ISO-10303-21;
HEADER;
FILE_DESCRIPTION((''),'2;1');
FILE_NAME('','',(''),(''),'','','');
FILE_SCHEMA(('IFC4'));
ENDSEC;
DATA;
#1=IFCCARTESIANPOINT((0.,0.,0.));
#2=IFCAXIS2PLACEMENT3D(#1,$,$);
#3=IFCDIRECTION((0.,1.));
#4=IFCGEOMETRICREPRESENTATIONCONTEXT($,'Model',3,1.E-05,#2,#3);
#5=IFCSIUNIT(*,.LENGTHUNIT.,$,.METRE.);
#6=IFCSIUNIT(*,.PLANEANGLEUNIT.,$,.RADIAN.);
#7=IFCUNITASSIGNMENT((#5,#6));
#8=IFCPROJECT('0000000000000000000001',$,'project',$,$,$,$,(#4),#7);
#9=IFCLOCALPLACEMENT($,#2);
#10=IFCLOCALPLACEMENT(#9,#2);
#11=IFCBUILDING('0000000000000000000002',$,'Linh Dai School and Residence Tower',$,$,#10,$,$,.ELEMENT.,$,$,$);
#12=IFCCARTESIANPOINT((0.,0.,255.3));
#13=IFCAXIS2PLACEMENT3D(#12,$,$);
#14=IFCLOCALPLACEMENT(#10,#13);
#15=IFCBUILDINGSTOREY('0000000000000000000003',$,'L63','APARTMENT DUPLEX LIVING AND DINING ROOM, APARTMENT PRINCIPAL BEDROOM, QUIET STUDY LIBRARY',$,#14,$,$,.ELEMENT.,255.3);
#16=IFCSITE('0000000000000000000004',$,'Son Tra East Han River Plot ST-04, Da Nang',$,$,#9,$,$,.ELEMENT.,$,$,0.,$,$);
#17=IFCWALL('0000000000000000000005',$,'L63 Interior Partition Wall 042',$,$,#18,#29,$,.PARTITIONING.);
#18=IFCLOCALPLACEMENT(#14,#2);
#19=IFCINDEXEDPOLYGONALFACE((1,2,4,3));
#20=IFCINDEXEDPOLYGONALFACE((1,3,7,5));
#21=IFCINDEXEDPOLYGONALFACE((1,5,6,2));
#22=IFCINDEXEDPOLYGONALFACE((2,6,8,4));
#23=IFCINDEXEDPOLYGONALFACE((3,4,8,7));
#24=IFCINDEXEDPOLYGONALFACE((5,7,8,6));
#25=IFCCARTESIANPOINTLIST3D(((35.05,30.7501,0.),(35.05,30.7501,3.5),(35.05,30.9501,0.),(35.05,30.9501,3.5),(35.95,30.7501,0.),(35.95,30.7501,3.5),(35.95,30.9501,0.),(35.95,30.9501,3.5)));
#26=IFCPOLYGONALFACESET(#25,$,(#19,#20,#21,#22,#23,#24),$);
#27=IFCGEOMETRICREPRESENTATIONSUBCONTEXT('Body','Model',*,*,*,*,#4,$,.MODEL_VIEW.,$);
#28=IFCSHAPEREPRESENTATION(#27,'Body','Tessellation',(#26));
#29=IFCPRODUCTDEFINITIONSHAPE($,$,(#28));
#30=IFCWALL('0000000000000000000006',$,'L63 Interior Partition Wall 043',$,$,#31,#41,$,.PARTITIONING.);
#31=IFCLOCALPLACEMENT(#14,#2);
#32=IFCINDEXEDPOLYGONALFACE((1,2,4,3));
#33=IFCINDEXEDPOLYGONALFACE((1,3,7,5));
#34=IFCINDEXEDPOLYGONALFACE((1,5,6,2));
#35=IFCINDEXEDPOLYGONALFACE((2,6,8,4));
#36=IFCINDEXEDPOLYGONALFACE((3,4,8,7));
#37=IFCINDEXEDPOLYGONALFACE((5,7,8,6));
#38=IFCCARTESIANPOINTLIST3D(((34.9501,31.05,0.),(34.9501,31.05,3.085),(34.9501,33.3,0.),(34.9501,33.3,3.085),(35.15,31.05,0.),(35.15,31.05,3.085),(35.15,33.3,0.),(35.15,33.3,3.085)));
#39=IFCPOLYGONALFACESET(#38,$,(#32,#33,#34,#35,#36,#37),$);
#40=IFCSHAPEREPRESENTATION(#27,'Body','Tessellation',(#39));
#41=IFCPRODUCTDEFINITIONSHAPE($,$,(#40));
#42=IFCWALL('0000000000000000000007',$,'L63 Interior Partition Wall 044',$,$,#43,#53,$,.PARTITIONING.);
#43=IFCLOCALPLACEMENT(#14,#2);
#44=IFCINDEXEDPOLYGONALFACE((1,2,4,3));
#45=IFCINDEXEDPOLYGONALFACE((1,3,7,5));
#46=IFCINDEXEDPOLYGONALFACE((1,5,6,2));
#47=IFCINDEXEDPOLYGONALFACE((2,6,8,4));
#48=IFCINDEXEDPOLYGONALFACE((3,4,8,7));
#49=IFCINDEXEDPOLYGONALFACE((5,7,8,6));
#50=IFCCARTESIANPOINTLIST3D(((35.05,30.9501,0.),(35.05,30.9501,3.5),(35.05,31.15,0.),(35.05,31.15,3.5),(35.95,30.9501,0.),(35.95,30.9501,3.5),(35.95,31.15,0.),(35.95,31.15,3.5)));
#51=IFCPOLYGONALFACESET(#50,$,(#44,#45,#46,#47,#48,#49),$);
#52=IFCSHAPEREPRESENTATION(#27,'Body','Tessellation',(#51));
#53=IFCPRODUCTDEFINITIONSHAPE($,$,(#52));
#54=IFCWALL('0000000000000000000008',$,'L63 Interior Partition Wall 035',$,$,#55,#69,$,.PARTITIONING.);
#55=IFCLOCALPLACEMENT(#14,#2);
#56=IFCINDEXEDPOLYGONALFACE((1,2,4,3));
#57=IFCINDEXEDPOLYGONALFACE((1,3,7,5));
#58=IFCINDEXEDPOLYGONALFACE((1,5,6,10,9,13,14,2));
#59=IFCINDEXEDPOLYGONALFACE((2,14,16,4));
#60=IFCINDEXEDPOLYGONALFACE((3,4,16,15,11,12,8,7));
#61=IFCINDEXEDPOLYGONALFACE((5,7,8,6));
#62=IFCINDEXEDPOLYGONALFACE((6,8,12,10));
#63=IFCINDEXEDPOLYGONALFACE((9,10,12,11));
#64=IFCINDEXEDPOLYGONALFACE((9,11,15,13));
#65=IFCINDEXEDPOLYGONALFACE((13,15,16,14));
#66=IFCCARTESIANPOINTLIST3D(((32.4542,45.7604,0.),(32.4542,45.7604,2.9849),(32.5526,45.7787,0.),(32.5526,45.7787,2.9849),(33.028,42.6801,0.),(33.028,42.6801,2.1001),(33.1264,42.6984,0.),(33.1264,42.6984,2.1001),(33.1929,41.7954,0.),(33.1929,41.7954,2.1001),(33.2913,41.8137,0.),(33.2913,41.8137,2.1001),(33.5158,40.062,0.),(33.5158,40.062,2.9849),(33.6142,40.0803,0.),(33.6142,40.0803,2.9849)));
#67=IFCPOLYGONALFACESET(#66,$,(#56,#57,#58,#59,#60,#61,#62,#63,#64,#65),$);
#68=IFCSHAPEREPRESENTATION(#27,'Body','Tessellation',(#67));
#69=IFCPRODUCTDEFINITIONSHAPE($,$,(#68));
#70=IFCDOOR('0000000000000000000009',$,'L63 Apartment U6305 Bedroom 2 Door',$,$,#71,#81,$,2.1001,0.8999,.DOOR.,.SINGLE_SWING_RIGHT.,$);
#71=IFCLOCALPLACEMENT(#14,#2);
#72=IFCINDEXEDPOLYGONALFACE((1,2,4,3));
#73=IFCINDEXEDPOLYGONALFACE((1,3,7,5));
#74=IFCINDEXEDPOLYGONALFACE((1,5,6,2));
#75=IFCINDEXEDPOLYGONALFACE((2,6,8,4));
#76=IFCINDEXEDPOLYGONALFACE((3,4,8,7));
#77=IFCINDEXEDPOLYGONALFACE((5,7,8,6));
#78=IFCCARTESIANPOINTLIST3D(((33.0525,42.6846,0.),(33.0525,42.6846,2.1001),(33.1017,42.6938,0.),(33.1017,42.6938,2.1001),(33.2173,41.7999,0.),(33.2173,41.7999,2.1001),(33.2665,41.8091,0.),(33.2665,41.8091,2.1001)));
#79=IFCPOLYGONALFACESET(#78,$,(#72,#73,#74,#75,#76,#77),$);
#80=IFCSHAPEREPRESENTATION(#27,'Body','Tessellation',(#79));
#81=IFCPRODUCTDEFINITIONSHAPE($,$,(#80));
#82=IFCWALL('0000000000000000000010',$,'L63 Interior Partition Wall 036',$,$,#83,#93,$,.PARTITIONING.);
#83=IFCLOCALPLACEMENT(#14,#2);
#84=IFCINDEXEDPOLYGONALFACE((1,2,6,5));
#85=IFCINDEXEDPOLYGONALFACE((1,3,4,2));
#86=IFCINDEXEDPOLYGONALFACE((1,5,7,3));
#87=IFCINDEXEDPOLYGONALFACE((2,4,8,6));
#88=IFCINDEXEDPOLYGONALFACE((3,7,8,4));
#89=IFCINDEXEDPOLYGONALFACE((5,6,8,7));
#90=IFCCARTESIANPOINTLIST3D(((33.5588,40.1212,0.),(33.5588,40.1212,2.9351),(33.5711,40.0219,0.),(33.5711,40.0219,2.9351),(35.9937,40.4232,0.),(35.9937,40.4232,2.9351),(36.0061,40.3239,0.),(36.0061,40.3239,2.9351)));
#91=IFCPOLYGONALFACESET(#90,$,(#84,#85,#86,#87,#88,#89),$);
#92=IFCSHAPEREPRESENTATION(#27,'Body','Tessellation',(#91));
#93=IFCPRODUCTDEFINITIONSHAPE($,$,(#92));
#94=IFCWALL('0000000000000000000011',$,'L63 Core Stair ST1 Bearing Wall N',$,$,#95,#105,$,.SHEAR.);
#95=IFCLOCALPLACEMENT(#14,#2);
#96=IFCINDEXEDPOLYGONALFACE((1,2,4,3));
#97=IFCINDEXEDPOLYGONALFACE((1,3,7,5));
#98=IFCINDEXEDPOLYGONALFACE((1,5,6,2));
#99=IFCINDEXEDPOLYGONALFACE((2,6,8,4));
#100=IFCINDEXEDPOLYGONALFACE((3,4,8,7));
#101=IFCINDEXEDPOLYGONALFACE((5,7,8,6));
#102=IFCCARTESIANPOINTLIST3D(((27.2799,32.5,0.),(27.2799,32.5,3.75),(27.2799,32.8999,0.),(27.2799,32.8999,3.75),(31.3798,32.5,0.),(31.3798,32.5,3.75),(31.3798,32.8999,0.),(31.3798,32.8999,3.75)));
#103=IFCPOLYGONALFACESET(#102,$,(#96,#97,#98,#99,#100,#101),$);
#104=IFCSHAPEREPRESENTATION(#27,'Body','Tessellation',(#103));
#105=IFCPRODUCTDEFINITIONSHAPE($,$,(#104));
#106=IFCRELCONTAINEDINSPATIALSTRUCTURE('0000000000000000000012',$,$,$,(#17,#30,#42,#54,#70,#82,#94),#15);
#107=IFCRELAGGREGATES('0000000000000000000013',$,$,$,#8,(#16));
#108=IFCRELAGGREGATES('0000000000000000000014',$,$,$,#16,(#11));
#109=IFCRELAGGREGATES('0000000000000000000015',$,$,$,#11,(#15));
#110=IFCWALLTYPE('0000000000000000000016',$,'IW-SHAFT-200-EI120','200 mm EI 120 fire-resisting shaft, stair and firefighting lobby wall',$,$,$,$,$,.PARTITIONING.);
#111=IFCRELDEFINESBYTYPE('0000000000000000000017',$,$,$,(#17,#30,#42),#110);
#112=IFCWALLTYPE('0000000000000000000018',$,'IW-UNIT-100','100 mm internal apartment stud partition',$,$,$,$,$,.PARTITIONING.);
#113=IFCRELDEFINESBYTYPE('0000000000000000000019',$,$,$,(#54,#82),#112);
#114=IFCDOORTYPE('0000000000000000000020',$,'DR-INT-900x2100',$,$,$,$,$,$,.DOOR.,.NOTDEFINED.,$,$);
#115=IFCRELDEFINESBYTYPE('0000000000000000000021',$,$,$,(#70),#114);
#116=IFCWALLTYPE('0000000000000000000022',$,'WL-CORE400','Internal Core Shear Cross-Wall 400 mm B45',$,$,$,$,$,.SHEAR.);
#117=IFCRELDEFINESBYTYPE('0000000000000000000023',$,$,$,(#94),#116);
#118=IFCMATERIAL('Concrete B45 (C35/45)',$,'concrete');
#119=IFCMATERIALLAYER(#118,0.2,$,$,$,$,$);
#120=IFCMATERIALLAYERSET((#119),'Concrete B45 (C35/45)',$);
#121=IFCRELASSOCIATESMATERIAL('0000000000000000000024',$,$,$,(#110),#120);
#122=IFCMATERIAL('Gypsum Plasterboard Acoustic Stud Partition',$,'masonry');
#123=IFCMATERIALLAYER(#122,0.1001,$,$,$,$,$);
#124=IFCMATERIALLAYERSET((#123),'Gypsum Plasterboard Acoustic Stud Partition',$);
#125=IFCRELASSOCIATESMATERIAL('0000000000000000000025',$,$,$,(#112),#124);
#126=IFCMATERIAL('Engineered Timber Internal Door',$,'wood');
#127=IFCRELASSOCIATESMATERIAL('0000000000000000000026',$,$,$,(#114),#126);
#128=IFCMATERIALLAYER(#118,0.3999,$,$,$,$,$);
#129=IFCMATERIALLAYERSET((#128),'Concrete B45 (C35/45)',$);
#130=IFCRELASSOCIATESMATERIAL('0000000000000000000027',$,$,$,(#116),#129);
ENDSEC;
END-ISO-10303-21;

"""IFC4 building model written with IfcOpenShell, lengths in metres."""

from ifc_helpers import new_model, si_unit, direction, frame, frame_2d, origin, origin_2d, place, context, subcontext, project, spatial, rectangle, extrude, source, transform, mapped, material, layer, layer_set, type_object, element, fill, save


model = new_model("IFC4")

# Units and contexts
model_context = context("Model", 3, precision=1e-05, world=origin(), true_north=direction((0.0, 1.0)))
body_context = subcontext(model_context, "Body", "Model", "MODEL_VIEW")
ifc_project = project(units=[si_unit("LENGTHUNIT", "METRE"), si_unit("PLANEANGLEUNIT", "RADIAN")], contexts=[model_context])

# Site, building, storey
site_placement = place(None, origin())
site = spatial("IfcSite", under=ifc_project, at=site_placement, Name="Son Tra East Han River Plot ST-04, Da Nang", CompositionType="ELEMENT", RefElevation=0.0)
building_placement = place(site_placement, origin())
building = spatial("IfcBuilding", under=site, at=building_placement, Name="Linh Dai School and Residence Tower", CompositionType="ELEMENT")
storey_placement = place(building_placement, frame((0.0, 0.0, 255.3)))
storey = spatial("IfcBuildingStorey", under=building, at=storey_placement, Name="L63", Description="APARTMENT DUPLEX LIVING AND DINING ROOM, APARTMENT PRINCIPAL BEDROOM, QUIET STUDY LIBRARY", CompositionType="ELEMENT", Elevation=255.3)

# Walls
ifc_material_1 = material(Name="Concrete B45 (C35/45)", Category="concrete")
ifc_layer_1 = layer(ifc_material_1, 0.2)
ifc_layer_set_1 = layer_set([ifc_layer_1], Name="Concrete B45 (C35/45)")
wall_type_1 = type_object("IfcWallType", Name="IW-SHAFT-200-EI120", Description="200 mm EI 120 fire-resisting shaft, stair and firefighting lobby wall", PredefinedType="PARTITIONING", material=ifc_layer_set_1)
wall_1_placement = place(storey_placement, frame((35.05, 30.8501, 0.0), z_axis=(0.0, 0.0, 1.0), x_axis=(1.0, 0.0, 0.0)))
element("IfcWall", 1, at=wall_1_placement, inside=storey, type_object=wall_type_1, Name="L63 Interior Partition Wall 042", PredefinedType="PARTITIONING", context=body_context, shape_type="SweptSolid", body=[
    extrude(rectangle(XDim=0.8999, YDim=0.2, at=frame_2d((0.45, 0.0))), origin(), (0.0, 0.0, 1.0), 3.5),
])
wall_2_placement = place(storey_placement, frame((35.05, 31.05, 0.0), z_axis=(0.0, 0.0, 1.0), x_axis=(0.0, 1.0, 0.0)))
element("IfcWall", 2, at=wall_2_placement, inside=storey, type_object=wall_type_1, Name="L63 Interior Partition Wall 043", PredefinedType="PARTITIONING", context=body_context, shape_type="SweptSolid", body=[
    extrude(rectangle(XDim=2.25, YDim=0.2, at=frame_2d((1.125, 0.0))), origin(), (0.0, 0.0, 1.0), 3.085),
])
wall_3_placement = place(storey_placement, frame((35.05, 31.05, 0.0), z_axis=(0.0, 0.0, 1.0), x_axis=(1.0, 0.0, 0.0)))
element("IfcWall", 3, at=wall_3_placement, inside=storey, type_object=wall_type_1, Name="L63 Interior Partition Wall 044", PredefinedType="PARTITIONING", context=body_context, shape_type="SweptSolid", body=[
    extrude(rectangle(XDim=0.8999, YDim=0.2, at=frame_2d((0.45, 0.0))), origin(), (0.0, 0.0, 1.0), 3.5),
])

# Wall, opening, door
ifc_material_2 = material(Name="Gypsum Plasterboard Acoustic Stud Partition", Category="masonry")
ifc_layer_2 = layer(ifc_material_2, 0.1001)
ifc_layer_set_2 = layer_set([ifc_layer_2], Name="Gypsum Plasterboard Acoustic Stud Partition")
wall_type_2 = type_object("IfcWallType", Name="IW-UNIT-100", Description="100 mm internal apartment stud partition", PredefinedType="PARTITIONING", material=ifc_layer_set_2)
wall_4_placement = place(storey_placement, frame((32.5034, 45.7695, 0.0), z_axis=(0.0, 0.0, 1.0), x_axis=(0.183139, -0.983087, 0.0)))
wall_4 = element("IfcWall", 4, at=wall_4_placement, inside=storey, type_object=wall_type_2, Name="L63 Interior Partition Wall 035", PredefinedType="PARTITIONING", context=body_context, shape_type="SweptSolid", body=[
    extrude(rectangle(XDim=5.7964, YDim=0.1001, at=frame_2d((2.8982, 0.0))), origin(), (0.0, 0.0, 1.0), 2.9849),
])
opening_1_placement = place(wall_4_placement, frame((3.1333, 0.0, 0.0)))
opening_1 = element("IfcOpeningElement", 5, at=opening_1_placement, cuts=wall_4, PredefinedType="OPENING", context=body_context, shape_type="SweptSolid", body=[
    extrude(rectangle(XDim=0.8999, YDim=2.1001, at=origin_2d()), frame((0.45, 0.0601, 1.05), z_axis=(0.0, -1.0, 0.0), x_axis=(1.0, 0.0, 0.0)), (0.0, 0.0, 1.0), 0.1201),
])
ifc_material_3 = material(Name="Engineered Timber Internal Door", Category="wood")
door_type_1 = type_object("IfcDoorType", Name="DR-INT-900x2100", OperationType="NOTDEFINED", PredefinedType="DOOR", material=ifc_material_3)
shared_shape_1 = source(origin(), body_context, "Body", "SweptSolid", [
    extrude(rectangle(XDim=0.8999, YDim=2.1001, at=origin_2d()), frame((0.45, 0.0249, 1.05), z_axis=(0.0, -1.0, 0.0), x_axis=(1.0, 0.0, 0.0)), (0.0, 0.0, 1.0), 0.05),
])
door_1_placement = place(opening_1_placement, origin())
door_1 = element("IfcDoor", 6, at=door_1_placement, inside=storey, type_object=door_type_1, Name="L63 Apartment U6305 Bedroom 2 Door", OperationType="SINGLE_SWING_RIGHT", OverallHeight=2.1001, OverallWidth=0.8999, PredefinedType="DOOR", context=body_context, shape_type="MappedRepresentation", body=[
    mapped(shared_shape_1, transform((0.0, 0.0, 0.0), x_axis=(1.0, 0.0, 0.0), y_axis=(0.0, 1.0, 0.0), z_axis=(0.0, 0.0, 1.0), scale=1.0)),
])
fill(opening_1, door_1)

# Walls
wall_5_placement = place(storey_placement, frame((33.5649, 40.0715, 0.0), z_axis=(0.0, 0.0, 1.0), x_axis=(0.992397, 0.123079, 0.0)))
element("IfcWall", 7, at=wall_5_placement, inside=storey, type_object=wall_type_2, Name="L63 Interior Partition Wall 036", PredefinedType="PARTITIONING", context=body_context, shape_type="SweptSolid", body=[
    extrude(rectangle(XDim=2.4536, YDim=0.1001, at=frame_2d((1.2268, 0.0))), origin(), (0.0, 0.0, 1.0), 2.9351),
])
ifc_layer_3 = layer(ifc_material_1, 0.3999)
ifc_layer_set_3 = layer_set([ifc_layer_3], Name="Concrete B45 (C35/45)")
wall_type_3 = type_object("IfcWallType", Name="WL-CORE400", Description="Internal Core Shear Cross-Wall 400 mm B45", PredefinedType="SHEAR", material=ifc_layer_set_3)
wall_6_placement = place(storey_placement, frame((27.28, 32.7, 0.0), z_axis=(0.0, 0.0, 1.0), x_axis=(1.0, 0.0, 0.0)))
element("IfcWall", 8, at=wall_6_placement, inside=storey, type_object=wall_type_3, Name="L63 Core Stair ST1 Bearing Wall N", PredefinedType="SHEAR", context=body_context, shape_type="SweptSolid", body=[
    extrude(rectangle(XDim=4.0999, YDim=0.3999, at=frame_2d((2.0498, 0.0))), origin(), (0.0, 0.0, 1.0), 3.75),
])

save(model, "model.ifc")
